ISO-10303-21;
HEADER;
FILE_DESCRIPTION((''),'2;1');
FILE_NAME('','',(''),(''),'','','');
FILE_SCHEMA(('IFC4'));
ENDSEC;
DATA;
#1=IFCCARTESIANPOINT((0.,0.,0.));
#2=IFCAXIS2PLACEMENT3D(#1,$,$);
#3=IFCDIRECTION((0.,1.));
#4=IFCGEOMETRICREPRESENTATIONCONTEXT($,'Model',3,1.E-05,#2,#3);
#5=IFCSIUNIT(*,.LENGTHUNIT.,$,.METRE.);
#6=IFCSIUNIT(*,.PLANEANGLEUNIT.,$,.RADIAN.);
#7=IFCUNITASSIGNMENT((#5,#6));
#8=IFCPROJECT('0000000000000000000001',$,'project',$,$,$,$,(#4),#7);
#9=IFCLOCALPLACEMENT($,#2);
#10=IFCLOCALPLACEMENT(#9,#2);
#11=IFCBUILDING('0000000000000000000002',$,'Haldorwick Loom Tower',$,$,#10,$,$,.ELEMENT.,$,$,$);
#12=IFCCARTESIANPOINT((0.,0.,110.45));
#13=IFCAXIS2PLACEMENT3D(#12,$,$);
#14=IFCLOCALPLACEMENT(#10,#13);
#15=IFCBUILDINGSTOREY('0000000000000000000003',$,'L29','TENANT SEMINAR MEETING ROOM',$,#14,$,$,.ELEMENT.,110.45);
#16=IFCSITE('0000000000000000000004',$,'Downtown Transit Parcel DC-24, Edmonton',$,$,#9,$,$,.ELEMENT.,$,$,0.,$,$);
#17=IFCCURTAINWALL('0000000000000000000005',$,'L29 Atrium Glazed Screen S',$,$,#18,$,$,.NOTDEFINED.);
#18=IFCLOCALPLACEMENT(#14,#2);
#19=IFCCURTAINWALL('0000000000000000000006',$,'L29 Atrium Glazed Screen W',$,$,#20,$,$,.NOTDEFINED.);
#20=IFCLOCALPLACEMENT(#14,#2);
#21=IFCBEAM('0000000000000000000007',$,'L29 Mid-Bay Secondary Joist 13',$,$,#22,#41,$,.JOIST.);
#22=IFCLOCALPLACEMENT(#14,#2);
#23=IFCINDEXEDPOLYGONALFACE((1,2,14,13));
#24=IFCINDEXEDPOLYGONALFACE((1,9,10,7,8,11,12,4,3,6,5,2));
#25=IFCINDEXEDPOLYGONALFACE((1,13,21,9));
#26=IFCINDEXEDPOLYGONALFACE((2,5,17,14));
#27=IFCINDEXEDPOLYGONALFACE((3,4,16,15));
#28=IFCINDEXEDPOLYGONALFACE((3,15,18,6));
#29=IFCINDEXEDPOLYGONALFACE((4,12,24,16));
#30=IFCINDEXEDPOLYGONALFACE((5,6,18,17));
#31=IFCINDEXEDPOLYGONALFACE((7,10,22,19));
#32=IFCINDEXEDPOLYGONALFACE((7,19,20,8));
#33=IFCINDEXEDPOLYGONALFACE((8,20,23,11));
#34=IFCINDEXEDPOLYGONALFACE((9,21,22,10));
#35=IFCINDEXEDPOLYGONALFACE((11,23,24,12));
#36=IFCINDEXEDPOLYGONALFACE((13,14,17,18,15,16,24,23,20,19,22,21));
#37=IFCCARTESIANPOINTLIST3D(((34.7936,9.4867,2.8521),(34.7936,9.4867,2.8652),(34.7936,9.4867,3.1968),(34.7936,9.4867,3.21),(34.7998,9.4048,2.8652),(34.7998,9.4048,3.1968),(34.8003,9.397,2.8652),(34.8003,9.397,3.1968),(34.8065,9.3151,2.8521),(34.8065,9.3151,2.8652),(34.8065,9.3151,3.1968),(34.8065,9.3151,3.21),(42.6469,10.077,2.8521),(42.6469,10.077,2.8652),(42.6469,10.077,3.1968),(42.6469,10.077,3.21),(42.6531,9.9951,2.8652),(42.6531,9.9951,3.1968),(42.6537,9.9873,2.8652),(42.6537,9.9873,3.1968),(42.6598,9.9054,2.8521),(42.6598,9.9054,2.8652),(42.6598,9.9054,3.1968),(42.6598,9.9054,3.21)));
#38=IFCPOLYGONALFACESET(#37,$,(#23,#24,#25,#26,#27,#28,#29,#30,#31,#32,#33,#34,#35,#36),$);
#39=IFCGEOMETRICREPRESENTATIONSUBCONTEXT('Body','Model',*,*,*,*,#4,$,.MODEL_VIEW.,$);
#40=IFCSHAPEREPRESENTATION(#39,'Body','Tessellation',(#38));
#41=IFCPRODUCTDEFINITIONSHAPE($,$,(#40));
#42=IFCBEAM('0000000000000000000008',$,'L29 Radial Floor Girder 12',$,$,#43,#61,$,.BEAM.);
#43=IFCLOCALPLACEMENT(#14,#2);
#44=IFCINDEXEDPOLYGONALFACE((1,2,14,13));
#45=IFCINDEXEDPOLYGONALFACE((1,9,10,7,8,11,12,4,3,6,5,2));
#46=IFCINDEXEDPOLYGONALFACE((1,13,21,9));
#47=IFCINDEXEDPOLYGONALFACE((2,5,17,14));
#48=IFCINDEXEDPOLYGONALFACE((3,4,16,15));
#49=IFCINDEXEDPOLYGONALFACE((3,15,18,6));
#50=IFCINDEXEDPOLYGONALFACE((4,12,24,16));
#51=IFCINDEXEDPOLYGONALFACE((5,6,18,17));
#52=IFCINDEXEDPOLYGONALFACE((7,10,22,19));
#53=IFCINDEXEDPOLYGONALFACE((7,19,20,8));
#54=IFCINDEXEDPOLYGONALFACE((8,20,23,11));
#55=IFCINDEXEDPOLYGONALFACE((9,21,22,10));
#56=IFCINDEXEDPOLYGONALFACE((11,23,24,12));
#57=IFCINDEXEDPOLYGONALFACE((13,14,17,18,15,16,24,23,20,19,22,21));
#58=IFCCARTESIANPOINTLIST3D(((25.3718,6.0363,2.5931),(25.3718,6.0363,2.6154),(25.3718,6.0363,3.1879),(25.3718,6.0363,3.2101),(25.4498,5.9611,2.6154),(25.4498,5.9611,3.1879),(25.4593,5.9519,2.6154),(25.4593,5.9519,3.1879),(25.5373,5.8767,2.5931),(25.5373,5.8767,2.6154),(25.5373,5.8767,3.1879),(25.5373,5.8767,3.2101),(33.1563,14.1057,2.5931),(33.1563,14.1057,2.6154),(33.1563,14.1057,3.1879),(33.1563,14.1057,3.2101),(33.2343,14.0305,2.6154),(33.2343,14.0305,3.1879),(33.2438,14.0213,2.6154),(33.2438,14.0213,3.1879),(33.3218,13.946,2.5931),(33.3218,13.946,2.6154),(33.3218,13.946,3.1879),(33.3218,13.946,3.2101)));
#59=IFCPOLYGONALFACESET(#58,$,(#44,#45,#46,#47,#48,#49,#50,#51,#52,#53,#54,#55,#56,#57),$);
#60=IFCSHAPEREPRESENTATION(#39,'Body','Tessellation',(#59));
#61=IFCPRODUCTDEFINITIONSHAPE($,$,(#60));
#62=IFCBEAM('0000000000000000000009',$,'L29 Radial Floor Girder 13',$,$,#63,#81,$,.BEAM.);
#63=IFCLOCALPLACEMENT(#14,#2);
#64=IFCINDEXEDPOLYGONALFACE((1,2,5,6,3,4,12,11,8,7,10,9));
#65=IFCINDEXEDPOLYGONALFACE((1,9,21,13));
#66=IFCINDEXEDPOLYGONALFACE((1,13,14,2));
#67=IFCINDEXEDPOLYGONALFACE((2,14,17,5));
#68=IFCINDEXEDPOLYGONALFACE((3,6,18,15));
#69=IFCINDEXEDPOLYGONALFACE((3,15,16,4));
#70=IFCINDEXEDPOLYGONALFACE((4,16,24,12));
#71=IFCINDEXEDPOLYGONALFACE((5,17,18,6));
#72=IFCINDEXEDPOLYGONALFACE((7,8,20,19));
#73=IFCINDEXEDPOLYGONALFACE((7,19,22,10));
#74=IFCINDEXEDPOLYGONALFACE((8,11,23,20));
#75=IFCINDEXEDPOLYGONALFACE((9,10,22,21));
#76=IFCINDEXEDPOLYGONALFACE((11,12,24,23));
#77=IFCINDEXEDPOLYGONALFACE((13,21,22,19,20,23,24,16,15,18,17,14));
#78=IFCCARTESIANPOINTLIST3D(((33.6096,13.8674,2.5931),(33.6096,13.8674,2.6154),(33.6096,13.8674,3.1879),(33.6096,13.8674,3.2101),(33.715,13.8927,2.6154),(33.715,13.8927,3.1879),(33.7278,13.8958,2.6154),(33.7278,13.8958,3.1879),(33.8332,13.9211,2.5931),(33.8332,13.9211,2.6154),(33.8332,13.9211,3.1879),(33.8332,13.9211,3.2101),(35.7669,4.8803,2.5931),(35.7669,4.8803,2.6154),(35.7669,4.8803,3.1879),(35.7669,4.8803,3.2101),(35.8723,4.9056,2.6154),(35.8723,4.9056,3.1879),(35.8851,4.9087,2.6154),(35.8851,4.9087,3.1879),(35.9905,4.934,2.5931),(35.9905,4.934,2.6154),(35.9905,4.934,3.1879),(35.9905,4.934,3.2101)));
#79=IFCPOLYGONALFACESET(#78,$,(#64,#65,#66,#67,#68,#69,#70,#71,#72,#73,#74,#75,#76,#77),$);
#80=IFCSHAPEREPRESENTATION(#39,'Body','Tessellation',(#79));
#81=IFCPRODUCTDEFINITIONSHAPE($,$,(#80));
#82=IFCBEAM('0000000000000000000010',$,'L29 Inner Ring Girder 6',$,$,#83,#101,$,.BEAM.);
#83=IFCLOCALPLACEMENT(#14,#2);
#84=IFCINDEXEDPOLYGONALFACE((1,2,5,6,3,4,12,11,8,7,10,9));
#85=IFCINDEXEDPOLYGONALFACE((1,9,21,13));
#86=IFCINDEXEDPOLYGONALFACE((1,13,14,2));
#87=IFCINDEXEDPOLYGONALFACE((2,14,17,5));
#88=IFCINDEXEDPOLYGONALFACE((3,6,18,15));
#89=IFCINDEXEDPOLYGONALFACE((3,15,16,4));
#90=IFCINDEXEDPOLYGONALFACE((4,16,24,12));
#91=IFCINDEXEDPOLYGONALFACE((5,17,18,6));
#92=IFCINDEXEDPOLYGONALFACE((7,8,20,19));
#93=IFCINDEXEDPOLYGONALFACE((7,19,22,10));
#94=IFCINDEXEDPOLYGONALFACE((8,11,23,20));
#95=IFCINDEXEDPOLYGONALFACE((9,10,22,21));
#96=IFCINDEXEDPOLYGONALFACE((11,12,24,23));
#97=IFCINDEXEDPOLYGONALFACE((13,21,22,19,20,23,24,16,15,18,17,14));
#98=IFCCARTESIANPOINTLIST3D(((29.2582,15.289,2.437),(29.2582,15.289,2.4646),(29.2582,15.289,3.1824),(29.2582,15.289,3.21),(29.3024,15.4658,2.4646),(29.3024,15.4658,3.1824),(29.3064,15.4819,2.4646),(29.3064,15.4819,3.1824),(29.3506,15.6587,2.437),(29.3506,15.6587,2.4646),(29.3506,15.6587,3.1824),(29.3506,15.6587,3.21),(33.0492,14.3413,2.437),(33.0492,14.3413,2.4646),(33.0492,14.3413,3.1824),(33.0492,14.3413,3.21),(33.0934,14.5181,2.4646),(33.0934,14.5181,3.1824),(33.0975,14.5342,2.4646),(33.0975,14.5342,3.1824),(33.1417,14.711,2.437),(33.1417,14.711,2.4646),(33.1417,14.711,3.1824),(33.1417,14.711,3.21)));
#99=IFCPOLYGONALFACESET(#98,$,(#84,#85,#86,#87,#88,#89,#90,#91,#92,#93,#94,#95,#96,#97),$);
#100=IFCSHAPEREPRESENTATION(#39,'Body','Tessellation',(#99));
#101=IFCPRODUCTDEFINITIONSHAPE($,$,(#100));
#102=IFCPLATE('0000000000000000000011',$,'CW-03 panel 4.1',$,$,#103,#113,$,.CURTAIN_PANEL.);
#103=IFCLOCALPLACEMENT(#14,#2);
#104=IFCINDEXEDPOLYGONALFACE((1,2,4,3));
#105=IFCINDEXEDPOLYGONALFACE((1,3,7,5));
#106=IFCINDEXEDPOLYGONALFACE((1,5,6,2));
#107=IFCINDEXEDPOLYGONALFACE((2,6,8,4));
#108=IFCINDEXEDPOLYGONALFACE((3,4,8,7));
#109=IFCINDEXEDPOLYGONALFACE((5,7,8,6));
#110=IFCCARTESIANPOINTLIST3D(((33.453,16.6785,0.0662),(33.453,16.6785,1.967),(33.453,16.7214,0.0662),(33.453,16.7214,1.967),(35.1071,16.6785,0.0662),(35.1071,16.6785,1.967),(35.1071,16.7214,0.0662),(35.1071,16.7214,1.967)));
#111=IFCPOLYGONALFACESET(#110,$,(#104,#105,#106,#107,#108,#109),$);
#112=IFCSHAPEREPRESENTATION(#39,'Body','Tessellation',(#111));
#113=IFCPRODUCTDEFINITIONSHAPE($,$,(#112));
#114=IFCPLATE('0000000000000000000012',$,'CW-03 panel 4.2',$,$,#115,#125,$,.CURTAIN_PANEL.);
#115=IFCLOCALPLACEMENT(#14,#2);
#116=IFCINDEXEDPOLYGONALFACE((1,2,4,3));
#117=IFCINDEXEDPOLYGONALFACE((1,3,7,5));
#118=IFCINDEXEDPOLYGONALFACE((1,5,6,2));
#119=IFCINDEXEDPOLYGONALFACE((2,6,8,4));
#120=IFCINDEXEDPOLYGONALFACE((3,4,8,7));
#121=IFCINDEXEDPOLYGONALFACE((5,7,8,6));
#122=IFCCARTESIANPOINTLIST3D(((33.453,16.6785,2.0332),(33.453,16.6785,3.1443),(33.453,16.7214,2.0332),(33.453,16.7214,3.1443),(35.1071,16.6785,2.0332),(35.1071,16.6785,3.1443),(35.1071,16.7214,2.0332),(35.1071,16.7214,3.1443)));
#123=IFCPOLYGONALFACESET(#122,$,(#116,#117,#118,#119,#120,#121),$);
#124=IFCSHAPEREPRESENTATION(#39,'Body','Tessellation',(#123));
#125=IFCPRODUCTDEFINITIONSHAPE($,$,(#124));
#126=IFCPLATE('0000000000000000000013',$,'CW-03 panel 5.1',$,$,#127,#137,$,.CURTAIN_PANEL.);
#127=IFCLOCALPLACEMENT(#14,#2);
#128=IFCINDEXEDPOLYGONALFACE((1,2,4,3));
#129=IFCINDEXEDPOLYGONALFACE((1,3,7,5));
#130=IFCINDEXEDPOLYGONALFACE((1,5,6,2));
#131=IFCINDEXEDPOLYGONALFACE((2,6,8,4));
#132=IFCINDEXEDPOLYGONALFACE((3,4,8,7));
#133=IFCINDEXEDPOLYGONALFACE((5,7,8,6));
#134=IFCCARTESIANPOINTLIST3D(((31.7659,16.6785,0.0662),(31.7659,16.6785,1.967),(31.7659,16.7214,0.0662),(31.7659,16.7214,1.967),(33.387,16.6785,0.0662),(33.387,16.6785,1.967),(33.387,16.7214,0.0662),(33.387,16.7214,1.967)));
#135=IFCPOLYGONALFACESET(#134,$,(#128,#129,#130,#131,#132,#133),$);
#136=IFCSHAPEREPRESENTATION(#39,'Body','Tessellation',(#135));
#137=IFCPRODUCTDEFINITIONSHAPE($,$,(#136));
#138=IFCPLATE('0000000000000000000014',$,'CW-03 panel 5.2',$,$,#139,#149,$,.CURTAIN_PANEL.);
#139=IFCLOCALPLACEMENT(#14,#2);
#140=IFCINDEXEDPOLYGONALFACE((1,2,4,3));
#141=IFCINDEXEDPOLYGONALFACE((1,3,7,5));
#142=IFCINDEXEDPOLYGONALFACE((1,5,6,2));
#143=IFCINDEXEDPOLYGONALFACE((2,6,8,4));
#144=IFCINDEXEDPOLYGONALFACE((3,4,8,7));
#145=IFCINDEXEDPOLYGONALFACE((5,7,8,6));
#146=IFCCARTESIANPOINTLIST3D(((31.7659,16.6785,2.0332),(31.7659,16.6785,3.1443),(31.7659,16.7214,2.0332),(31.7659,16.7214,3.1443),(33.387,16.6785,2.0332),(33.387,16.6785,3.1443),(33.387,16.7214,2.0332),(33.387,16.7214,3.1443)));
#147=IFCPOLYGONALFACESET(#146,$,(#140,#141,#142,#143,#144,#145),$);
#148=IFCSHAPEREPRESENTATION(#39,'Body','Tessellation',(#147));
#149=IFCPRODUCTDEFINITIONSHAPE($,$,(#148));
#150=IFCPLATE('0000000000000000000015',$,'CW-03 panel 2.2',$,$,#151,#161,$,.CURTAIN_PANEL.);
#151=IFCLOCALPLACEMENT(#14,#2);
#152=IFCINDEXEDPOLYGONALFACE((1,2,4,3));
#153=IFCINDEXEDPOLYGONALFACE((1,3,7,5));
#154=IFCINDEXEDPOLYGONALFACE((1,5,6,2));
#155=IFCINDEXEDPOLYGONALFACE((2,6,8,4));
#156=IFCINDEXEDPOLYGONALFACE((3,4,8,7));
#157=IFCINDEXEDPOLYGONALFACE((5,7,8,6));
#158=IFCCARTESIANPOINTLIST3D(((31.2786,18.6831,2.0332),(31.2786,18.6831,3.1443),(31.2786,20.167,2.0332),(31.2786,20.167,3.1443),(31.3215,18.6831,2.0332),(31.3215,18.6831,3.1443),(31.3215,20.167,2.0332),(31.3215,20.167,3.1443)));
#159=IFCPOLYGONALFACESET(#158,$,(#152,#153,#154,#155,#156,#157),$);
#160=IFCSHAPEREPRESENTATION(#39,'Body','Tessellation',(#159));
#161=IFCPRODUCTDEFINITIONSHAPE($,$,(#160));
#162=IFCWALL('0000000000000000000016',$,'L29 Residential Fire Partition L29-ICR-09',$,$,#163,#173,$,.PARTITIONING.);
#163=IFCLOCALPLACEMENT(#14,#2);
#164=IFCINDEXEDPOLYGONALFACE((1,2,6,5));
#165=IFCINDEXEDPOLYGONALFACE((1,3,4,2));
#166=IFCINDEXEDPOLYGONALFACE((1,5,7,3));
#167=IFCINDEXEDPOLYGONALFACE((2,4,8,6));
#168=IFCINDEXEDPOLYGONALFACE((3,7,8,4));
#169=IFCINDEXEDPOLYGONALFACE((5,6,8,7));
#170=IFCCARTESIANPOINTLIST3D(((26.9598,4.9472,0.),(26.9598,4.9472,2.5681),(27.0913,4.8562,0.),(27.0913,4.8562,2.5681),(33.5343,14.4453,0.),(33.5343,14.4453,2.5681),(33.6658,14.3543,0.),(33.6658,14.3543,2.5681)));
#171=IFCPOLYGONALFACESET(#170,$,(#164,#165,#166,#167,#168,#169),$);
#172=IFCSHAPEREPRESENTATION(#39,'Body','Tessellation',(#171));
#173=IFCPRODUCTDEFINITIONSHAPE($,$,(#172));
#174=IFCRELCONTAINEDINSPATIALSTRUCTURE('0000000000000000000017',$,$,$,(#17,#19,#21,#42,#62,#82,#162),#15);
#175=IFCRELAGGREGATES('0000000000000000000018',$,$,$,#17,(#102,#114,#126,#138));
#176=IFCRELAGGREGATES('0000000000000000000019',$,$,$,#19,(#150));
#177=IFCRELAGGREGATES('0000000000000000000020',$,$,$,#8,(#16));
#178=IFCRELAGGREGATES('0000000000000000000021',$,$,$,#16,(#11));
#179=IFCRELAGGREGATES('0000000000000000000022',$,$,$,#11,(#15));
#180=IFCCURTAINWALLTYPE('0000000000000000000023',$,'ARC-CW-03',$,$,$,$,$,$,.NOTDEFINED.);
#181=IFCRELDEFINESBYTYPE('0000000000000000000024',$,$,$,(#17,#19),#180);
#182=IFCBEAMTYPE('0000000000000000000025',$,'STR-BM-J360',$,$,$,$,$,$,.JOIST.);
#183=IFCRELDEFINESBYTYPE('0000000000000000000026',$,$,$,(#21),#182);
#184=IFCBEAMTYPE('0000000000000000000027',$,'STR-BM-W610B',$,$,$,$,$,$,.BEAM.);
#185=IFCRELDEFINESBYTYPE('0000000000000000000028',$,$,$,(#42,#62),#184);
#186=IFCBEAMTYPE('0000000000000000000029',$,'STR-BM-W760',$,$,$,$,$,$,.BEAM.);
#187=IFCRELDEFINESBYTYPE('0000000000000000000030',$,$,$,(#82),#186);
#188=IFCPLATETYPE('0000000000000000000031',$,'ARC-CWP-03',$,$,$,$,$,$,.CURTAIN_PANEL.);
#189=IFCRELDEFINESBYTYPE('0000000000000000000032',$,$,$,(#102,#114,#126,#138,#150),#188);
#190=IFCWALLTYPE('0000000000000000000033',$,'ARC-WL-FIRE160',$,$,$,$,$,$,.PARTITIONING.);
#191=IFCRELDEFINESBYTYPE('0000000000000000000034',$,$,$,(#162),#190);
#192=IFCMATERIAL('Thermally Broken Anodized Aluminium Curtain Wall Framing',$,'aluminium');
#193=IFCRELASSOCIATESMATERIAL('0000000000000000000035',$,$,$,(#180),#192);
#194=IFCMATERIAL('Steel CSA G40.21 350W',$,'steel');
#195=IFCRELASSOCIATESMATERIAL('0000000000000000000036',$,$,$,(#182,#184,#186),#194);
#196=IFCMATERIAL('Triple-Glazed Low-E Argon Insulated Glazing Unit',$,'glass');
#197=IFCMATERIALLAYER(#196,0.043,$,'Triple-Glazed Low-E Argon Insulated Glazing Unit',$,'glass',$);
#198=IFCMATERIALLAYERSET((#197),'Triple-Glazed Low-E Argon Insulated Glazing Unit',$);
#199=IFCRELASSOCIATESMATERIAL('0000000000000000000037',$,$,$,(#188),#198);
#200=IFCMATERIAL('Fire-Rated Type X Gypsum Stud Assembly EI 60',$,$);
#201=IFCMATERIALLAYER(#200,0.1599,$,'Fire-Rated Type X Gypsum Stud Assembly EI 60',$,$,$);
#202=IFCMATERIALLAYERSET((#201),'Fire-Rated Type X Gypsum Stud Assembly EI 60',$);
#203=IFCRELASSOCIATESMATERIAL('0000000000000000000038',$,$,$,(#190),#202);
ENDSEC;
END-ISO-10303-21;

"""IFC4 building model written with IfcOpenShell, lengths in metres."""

from ifc_helpers import new_model, si_unit, direction, frame, frame_2d, origin, origin_2d, place, context, subcontext, project, spatial, rectangle, i_section, extrude, material, layer, layer_set, material_profile, profile_set, type_object, element, aggregate, save


model = new_model("IFC4")

# Units and contexts
model_context = context("Model", 3, precision=1e-05, world=origin(), true_north=direction((0.0, 1.0)))
body_context = subcontext(model_context, "Body", "Model", "MODEL_VIEW")
ifc_project = project(units=[si_unit("LENGTHUNIT", "METRE"), si_unit("PLANEANGLEUNIT", "RADIAN")], contexts=[model_context])

# Site, building, storey
site_placement = place(None, origin())
site = spatial("IfcSite", under=ifc_project, at=site_placement, Name="Downtown Transit Parcel DC-24, Edmonton", CompositionType="ELEMENT", RefElevation=0.0)
building_placement = place(site_placement, origin())
building = spatial("IfcBuilding", under=site, at=building_placement, Name="Haldorwick Loom Tower", CompositionType="ELEMENT")
storey_placement = place(building_placement, frame((0.0, 0.0, 110.45)))
storey = spatial("IfcBuildingStorey", under=building, at=storey_placement, Name="L29", Description="TENANT SEMINAR MEETING ROOM", CompositionType="ELEMENT", Elevation=110.45)

# Curtain wall
ifc_material_1 = material(Name="Thermally Broken Anodized Aluminium Curtain Wall Framing", Category="aluminium")
curtain_wall_type = type_object("IfcCurtainWallType", Name="ARC-CW-03", PredefinedType="NOTDEFINED", material=ifc_material_1)
curtain_wall_1_placement = place(storey_placement, origin())
curtain_wall_1 = element("IfcCurtainWall", 1, at=curtain_wall_1_placement, inside=storey, type_object=curtain_wall_type, Name="L29 Atrium Glazed Screen S", PredefinedType="NOTDEFINED")

# Curtain wall
curtain_wall_2_placement = place(storey_placement, origin())
curtain_wall_2 = element("IfcCurtainWall", 2, at=curtain_wall_2_placement, inside=storey, type_object=curtain_wall_type, Name="L29 Atrium Glazed Screen W", PredefinedType="NOTDEFINED")

# Beams
ifc_material_2 = material(Name="Steel CSA G40.21 350W", Category="steel")
ifc_material_profile_1 = material_profile(ifc_material_2, i_section(OverallWidth=0.1721, OverallDepth=0.3579, WebThickness=0.0078, FlangeThickness=0.0132, at=origin_2d()), Name="W360X57", Category="steel")
ifc_profile_set_1 = profile_set([ifc_material_profile_1], Name="Steel CSA G40.21 350W")
beam_type_1 = type_object("IfcBeamType", Name="STR-BM-J360", PredefinedType="JOIST", material=ifc_profile_set_1)
beam_1_placement = place(storey_placement, frame((34.8, 9.4009, 3.031), z_axis=(0.997187, 0.074959, 0.0), x_axis=(-0.074959, 0.997187, 0.0)))
element("IfcBeam", 3, at=beam_1_placement, inside=storey, type_object=beam_type_1, Name="L29 Mid-Bay Secondary Joist 13", PredefinedType="JOIST", context=body_context, shape_type="SweptSolid", body=[
    extrude(i_section(OverallWidth=0.1721, OverallDepth=0.3579, WebThickness=0.0078, FlangeThickness=0.0132, at=origin_2d()), origin(), (0.0, 0.0, 1.0), 7.8755),
])
ifc_material_profile_2 = material_profile(ifc_material_2, i_section(OverallWidth=0.23, OverallDepth=0.6169, WebThickness=0.0132, FlangeThickness=0.0222, at=origin_2d()), Name="W610X140", Category="steel")
ifc_profile_set_2 = profile_set([ifc_material_profile_2], Name="Steel CSA G40.21 350W")
beam_type_2 = type_object("IfcBeamType", Name="STR-BM-W610B", PredefinedType="BEAM", material=ifc_profile_set_2)
beam_2_placement = place(storey_placement, frame((33.239, 14.0259, 2.9016), z_axis=(-0.694287, -0.719698, 0.0), x_axis=(0.719698, -0.694287, 0.0)))
element("IfcBeam", 4, at=beam_2_placement, inside=storey, type_object=beam_type_2, Name="L29 Radial Floor Girder 12", PredefinedType="BEAM", context=body_context, shape_type="SweptSolid", body=[
    extrude(i_section(OverallWidth=0.23, OverallDepth=0.6169, WebThickness=0.0132, FlangeThickness=0.0222, at=origin_2d()), origin(), (0.0, 0.0, 1.0), 11.2122),
])
beam_3_placement = place(storey_placement, frame((33.7214, 13.8943, 2.9016), z_axis=(0.233407, -0.972379, 0.0), x_axis=(0.972379, 0.233407, 0.0)))
element("IfcBeam", 5, at=beam_3_placement, inside=storey, type_object=beam_type_2, Name="L29 Radial Floor Girder 13", PredefinedType="BEAM", context=body_context, shape_type="SweptSolid", body=[
    extrude(i_section(OverallWidth=0.23, OverallDepth=0.6169, WebThickness=0.0132, FlangeThickness=0.0222, at=origin_2d()), origin(), (0.0, 0.0, 1.0), 9.2424),
])
ifc_material_profile_3 = material_profile(ifc_material_2, i_section(OverallWidth=0.3811, OverallDepth=0.7729, WebThickness=0.0166, FlangeThickness=0.0276, at=origin_2d()), Name="W760X257", Category="steel")
ifc_profile_set_3 = profile_set([ifc_material_profile_3], Name="Steel CSA G40.21 350W")
beam_type_3 = type_object("IfcBeamType", Name="STR-BM-W760", PredefinedType="BEAM", material=ifc_profile_set_3)
beam_4_placement = place(storey_placement, frame((33.0955, 14.5261, 2.8235), z_axis=(-0.970143, 0.242536, 0.0), x_axis=(-0.242536, -0.970143, 0.0)))
element("IfcBeam", 6, at=beam_4_placement, inside=storey, type_object=beam_type_3, Name="L29 Inner Ring Girder 6", PredefinedType="BEAM", context=body_context, shape_type="SweptSolid", body=[
    extrude(i_section(OverallWidth=0.3811, OverallDepth=0.7729, WebThickness=0.0166, FlangeThickness=0.0276, at=origin_2d()), origin(), (0.0, 0.0, 1.0), 3.9077),
])

# Plates
ifc_material_3 = material(Name="Triple-Glazed Low-E Argon Insulated Glazing Unit", Category="glass")
ifc_layer_1 = layer(ifc_material_3, 0.043, Name="Triple-Glazed Low-E Argon Insulated Glazing Unit", Category="glass")
ifc_layer_set_1 = layer_set([ifc_layer_1], Name="Triple-Glazed Low-E Argon Insulated Glazing Unit")
plate_type = type_object("IfcPlateType", Name="ARC-CWP-03", PredefinedType="CURTAIN_PANEL", material=ifc_layer_set_1)
plate_1_placement = place(storey_placement, frame((34.28, 16.7, 0.0662), z_axis=(0.0, 0.0, 1.0), x_axis=(-1.0, 0.0, 0.0)))
plate_1 = element("IfcPlate", 7, at=plate_1_placement, type_object=plate_type, Name="CW-03 panel 4.1", PredefinedType="CURTAIN_PANEL", context=body_context, shape_type="SweptSolid", body=[
    extrude(rectangle(XDim=1.6541, YDim=0.043, at=origin_2d()), origin(), (0.0, 0.0, 1.0), 1.9009),
])
plate_2_placement = place(storey_placement, frame((34.28, 16.7, 2.0332), z_axis=(0.0, 0.0, 1.0), x_axis=(-1.0, 0.0, 0.0)))
plate_2 = element("IfcPlate", 8, at=plate_2_placement, type_object=plate_type, Name="CW-03 panel 4.2", PredefinedType="CURTAIN_PANEL", context=body_context, shape_type="SweptSolid", body=[
    extrude(rectangle(XDim=1.6541, YDim=0.043, at=origin_2d()), origin(), (0.0, 0.0, 1.0), 1.1111),
])
plate_3_placement = place(storey_placement, frame((32.5764, 16.7, 0.0662), z_axis=(0.0, 0.0, 1.0), x_axis=(-1.0, 0.0, 0.0)))
plate_3 = element("IfcPlate", 9, at=plate_3_placement, type_object=plate_type, Name="CW-03 panel 5.1", PredefinedType="CURTAIN_PANEL", context=body_context, shape_type="SweptSolid", body=[
    extrude(rectangle(XDim=1.6211, YDim=0.043, at=origin_2d()), origin(), (0.0, 0.0, 1.0), 1.9009),
])
plate_4_placement = place(storey_placement, frame((32.5764, 16.7, 2.0332), z_axis=(0.0, 0.0, 1.0), x_axis=(-1.0, 0.0, 0.0)))
plate_4 = element("IfcPlate", 10, at=plate_4_placement, type_object=plate_type, Name="CW-03 panel 5.2", PredefinedType="CURTAIN_PANEL", context=body_context, shape_type="SweptSolid", body=[
    extrude(rectangle(XDim=1.6211, YDim=0.043, at=origin_2d()), origin(), (0.0, 0.0, 1.0), 1.1111),
])
aggregate(curtain_wall_1, [plate_1, plate_2, plate_3, plate_4])
plate_5_placement = place(storey_placement, frame((31.3, 19.425, 2.0332), z_axis=(0.0, 0.0, 1.0), x_axis=(0.0, 1.0, 0.0)))
plate_5 = element("IfcPlate", 11, at=plate_5_placement, type_object=plate_type, Name="CW-03 panel 2.2", PredefinedType="CURTAIN_PANEL", context=body_context, shape_type="SweptSolid", body=[
    extrude(rectangle(XDim=1.4839, YDim=0.043, at=origin_2d()), origin(), (0.0, 0.0, 1.0), 1.1111),
])
aggregate(curtain_wall_2, [plate_5])

# Wall
ifc_material_4 = material(Name="Fire-Rated Type X Gypsum Stud Assembly EI 60")
ifc_layer_2 = layer(ifc_material_4, 0.1599, Name="Fire-Rated Type X Gypsum Stud Assembly EI 60")
ifc_layer_set_2 = layer_set([ifc_layer_2], Name="Fire-Rated Type X Gypsum Stud Assembly EI 60")
wall_type = type_object("IfcWallType", Name="ARC-WL-FIRE160", PredefinedType="PARTITIONING", material=ifc_layer_set_2)
wall_placement = place(storey_placement, frame((33.6001, 14.3999, 0.0), z_axis=(0.0, 0.0, 1.0), x_axis=(-0.569145, -0.822237, 0.0)))
element("IfcWall", 12, at=wall_placement, inside=storey, type_object=wall_type, Name="L29 Residential Fire Partition L29-ICR-09", PredefinedType="PARTITIONING", context=body_context, shape_type="SweptSolid", body=[
    extrude(rectangle(XDim=11.5515, YDim=0.1599, at=frame_2d((5.7759, 0.0))), origin(), (0.0, 0.0, 1.0), 2.5681),
])

save(model, "model.ifc")
